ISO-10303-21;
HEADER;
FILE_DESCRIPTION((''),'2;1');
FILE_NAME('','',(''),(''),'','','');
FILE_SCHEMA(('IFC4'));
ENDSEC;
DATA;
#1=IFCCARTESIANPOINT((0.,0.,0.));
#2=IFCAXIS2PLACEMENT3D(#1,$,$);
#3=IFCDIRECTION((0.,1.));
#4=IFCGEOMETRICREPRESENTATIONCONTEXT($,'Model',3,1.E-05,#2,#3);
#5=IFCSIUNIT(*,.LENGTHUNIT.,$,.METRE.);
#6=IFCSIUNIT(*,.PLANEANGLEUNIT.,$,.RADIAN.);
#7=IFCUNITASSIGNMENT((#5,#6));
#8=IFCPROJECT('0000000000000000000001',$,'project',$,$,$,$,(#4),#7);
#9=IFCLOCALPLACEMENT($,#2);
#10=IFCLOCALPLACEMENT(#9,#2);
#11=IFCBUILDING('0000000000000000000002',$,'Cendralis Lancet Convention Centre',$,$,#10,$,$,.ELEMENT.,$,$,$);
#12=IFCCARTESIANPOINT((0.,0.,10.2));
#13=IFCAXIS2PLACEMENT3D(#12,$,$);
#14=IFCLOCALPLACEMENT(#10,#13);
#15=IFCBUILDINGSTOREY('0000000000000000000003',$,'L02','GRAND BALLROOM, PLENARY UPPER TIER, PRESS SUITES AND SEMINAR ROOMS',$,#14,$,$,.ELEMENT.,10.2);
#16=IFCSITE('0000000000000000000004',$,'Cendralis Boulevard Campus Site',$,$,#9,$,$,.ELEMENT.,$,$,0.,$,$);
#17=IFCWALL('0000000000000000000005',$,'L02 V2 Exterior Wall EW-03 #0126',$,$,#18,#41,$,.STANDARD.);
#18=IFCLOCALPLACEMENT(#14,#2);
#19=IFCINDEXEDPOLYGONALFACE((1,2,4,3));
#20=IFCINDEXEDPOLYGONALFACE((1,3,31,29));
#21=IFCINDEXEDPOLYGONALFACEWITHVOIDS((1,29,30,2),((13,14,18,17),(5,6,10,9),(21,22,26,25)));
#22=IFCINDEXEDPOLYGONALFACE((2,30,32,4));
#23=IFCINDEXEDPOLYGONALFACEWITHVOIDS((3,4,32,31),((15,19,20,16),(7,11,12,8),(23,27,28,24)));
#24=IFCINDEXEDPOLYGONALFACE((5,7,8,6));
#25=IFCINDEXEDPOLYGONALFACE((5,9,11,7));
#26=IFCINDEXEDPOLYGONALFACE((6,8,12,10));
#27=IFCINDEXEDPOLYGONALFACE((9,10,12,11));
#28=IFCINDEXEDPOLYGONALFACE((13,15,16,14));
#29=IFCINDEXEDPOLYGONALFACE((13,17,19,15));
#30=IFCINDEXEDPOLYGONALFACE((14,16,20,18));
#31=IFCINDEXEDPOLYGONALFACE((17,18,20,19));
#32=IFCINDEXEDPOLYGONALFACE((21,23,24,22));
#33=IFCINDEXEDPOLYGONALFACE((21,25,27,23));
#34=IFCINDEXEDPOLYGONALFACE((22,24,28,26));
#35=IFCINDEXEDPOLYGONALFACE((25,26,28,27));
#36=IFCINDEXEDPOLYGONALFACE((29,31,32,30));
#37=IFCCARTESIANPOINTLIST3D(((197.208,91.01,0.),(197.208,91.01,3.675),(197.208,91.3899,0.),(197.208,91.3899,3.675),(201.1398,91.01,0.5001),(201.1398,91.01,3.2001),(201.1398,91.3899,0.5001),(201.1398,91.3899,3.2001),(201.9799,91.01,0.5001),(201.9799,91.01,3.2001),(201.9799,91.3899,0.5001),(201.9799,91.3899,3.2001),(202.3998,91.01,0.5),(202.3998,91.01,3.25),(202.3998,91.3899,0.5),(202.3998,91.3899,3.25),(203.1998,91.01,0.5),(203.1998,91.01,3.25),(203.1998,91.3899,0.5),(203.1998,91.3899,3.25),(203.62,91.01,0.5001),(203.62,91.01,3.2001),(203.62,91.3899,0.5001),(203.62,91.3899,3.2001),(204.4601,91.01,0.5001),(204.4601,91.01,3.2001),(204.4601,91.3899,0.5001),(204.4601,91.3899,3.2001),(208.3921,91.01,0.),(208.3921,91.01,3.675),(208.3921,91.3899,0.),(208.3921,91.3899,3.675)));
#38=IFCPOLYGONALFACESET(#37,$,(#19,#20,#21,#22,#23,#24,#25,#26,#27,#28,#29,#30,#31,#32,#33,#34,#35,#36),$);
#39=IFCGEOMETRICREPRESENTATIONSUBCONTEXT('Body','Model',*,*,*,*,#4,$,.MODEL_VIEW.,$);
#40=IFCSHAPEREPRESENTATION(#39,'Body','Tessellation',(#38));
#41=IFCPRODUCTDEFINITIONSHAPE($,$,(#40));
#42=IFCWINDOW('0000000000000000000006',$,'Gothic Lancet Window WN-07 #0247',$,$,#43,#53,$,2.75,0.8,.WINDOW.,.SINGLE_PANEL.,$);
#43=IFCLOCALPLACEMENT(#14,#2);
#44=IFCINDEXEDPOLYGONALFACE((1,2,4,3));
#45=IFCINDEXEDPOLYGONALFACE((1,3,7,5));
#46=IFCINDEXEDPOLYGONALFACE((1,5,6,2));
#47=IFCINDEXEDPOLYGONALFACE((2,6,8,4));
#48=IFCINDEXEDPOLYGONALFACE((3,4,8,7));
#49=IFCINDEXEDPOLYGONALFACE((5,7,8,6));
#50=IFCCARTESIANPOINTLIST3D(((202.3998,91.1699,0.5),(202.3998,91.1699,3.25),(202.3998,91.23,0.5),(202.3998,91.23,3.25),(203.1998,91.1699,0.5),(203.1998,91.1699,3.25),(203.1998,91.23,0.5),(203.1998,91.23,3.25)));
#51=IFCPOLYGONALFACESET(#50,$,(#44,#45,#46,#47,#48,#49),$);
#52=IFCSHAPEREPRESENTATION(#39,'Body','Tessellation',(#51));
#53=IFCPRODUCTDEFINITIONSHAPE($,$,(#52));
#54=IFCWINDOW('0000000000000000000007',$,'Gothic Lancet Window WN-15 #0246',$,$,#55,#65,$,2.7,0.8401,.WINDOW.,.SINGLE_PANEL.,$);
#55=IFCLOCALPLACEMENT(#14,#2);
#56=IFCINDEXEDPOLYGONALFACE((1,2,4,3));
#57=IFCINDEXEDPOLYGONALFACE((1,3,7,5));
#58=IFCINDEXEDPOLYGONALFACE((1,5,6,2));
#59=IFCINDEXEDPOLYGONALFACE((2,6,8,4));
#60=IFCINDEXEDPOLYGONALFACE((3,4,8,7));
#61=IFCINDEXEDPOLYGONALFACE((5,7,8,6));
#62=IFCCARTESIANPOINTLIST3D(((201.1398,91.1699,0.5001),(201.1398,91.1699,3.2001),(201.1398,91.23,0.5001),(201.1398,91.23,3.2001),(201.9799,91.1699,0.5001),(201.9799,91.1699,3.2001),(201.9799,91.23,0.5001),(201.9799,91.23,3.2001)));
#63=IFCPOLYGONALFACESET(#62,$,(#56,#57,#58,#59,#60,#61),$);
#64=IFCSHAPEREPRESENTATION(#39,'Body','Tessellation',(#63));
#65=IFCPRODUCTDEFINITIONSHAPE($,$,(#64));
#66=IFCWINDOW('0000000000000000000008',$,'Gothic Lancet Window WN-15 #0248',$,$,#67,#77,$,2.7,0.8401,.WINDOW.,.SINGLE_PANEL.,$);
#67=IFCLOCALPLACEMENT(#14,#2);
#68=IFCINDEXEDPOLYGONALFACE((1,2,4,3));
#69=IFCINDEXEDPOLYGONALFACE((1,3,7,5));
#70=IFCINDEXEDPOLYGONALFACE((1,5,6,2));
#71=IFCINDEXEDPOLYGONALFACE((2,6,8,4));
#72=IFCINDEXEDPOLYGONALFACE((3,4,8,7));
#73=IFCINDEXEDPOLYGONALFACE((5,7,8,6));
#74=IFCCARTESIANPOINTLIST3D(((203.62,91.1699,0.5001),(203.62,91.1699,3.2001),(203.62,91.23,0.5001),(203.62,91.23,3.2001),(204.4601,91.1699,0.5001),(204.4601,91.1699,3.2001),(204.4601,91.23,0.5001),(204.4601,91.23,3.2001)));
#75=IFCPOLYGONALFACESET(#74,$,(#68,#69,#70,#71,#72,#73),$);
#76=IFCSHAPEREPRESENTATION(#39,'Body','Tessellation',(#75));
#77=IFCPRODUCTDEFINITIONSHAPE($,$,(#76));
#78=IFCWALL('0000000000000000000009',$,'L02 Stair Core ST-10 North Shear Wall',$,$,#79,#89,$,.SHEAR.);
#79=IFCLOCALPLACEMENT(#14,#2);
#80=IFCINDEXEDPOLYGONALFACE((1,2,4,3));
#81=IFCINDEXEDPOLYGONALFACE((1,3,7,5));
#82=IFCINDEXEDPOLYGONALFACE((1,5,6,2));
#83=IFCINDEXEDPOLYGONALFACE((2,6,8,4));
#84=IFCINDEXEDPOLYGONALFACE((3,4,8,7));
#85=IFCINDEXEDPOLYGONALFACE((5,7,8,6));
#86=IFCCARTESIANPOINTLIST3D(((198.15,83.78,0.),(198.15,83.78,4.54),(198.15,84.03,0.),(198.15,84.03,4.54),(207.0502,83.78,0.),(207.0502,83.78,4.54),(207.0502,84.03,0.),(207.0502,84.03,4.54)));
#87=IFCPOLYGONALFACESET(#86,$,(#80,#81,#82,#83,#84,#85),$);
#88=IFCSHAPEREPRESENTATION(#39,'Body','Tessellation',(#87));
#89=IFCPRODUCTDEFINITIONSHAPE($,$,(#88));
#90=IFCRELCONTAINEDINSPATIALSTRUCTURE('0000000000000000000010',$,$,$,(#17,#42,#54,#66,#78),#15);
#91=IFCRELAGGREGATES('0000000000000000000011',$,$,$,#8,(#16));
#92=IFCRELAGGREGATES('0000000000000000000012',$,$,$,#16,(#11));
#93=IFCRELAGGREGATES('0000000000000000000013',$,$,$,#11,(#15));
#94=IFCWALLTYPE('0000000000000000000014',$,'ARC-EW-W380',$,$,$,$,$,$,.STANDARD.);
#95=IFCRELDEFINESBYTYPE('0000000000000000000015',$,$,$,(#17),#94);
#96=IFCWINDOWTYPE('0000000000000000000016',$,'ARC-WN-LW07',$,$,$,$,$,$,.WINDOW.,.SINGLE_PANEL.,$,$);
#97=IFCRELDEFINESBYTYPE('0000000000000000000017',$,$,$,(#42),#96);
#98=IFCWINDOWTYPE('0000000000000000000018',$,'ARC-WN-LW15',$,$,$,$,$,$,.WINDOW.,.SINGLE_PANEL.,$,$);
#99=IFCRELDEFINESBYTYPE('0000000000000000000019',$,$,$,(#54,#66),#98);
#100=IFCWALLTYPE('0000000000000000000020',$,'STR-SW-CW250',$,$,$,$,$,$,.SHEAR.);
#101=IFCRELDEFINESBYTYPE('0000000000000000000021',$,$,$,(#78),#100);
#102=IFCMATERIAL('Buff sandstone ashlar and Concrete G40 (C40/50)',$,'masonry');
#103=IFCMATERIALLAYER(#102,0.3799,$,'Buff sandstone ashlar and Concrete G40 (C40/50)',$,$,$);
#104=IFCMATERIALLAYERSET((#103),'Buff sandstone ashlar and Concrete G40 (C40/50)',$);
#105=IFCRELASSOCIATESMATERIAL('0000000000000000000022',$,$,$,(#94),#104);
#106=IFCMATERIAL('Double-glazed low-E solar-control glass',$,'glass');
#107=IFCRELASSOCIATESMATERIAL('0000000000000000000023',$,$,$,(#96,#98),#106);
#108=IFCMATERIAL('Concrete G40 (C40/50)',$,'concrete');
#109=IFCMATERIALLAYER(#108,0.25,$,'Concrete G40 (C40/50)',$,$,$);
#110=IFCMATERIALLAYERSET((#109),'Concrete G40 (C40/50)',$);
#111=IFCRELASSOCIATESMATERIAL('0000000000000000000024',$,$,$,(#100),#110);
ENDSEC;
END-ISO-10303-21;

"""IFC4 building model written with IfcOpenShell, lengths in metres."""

from ifc_helpers import new_model, si_unit, direction, frame, frame_2d, origin, place, context, subcontext, project, spatial, rectangle, extrude, material, layer, layer_set, type_object, element, fill, save


model = new_model("IFC4")

# Units and contexts
model_context = context("Model", 3, precision=1e-05, world=origin(), true_north=direction((0.0, 1.0)))
body_context = subcontext(model_context, "Body", "Model", "MODEL_VIEW")
ifc_project = project(units=[si_unit("LENGTHUNIT", "METRE"), si_unit("PLANEANGLEUNIT", "RADIAN")], contexts=[model_context])

# Site, building, storey
site_placement = place(None, origin())
site = spatial("IfcSite", under=ifc_project, at=site_placement, Name="Cendralis Boulevard Campus Site", CompositionType="ELEMENT", RefElevation=0.0)
building_placement = place(site_placement, origin())
building = spatial("IfcBuilding", under=site, at=building_placement, Name="Cendralis Lancet Convention Centre", CompositionType="ELEMENT")
storey_placement = place(building_placement, frame((0.0, 0.0, 10.2)))
storey = spatial("IfcBuildingStorey", under=building, at=storey_placement, Name="L02", Description="GRAND BALLROOM, PLENARY UPPER TIER, PRESS SUITES AND SEMINAR ROOMS", CompositionType="ELEMENT", Elevation=10.2)

# Shared definitions
ifc_material_1 = material(Name="Concrete G40 (C40/50)", Category="concrete")

# Shared definitions
ifc_material_2 = material(Name="Double-glazed low-E solar-control glass", Category="glass")

# Wall, openings, windows
ifc_material_3 = material(Name="Buff sandstone ashlar and Concrete G40 (C40/50)", Category="masonry")
ifc_layer_1 = layer(ifc_material_3, 0.3799, Name="Buff sandstone ashlar and Concrete G40 (C40/50)")
ifc_layer_set_1 = layer_set([ifc_layer_1], Name="Buff sandstone ashlar and Concrete G40 (C40/50)")
wall_type_1 = type_object("IfcWallType", Name="ARC-EW-W380", PredefinedType="STANDARD", material=ifc_layer_set_1)
wall_1_placement = place(storey_placement, frame((197.208, 91.2, 0.0), z_axis=(0.0, 0.0, 1.0), x_axis=(1.0, 0.0, 0.0)))
wall_1 = element("IfcWall", 1, at=wall_1_placement, inside=storey, type_object=wall_type_1, Name="L02 V2 Exterior Wall EW-03 #0126", PredefinedType="STANDARD", context=body_context, shape_type="SweptSolid", body=[
    extrude(rectangle(XDim=11.1841, YDim=0.3799, at=frame_2d((5.592, 0.0))), origin(), (0.0, 0.0, 1.0), 3.675),
])
opening_1_placement = place(wall_1_placement, frame((3.9319, 0.0, 0.5)))
opening_1 = element("IfcOpeningElement", 2, at=opening_1_placement, cuts=wall_1, PredefinedType="OPENING", context=body_context, shape_type="SweptSolid", body=[
    extrude(rectangle(XDim=0.8401, YDim=2.7, at=frame_2d((0.4199, 1.3501))), frame((0.0, 0.2, 0.0), z_axis=(0.0, -1.0, 0.0), x_axis=(1.0, 0.0, 0.0)), (0.0, 0.0, 1.0), 0.3999),
])
opening_2_placement = place(wall_1_placement, frame((5.1919, 0.0, 0.5)))
opening_2 = element("IfcOpeningElement", 3, at=opening_2_placement, cuts=wall_1, PredefinedType="OPENING", context=body_context, shape_type="SweptSolid", body=[
    extrude(rectangle(XDim=0.8, YDim=2.75, at=frame_2d((0.3999, 1.375))), frame((0.0, 0.2, 0.0), z_axis=(0.0, -1.0, 0.0), x_axis=(1.0, 0.0, 0.0)), (0.0, 0.0, 1.0), 0.3999),
])
opening_3_placement = place(wall_1_placement, frame((6.4121, 0.0, 0.5)))
opening_3 = element("IfcOpeningElement", 4, at=opening_3_placement, cuts=wall_1, PredefinedType="OPENING", context=body_context, shape_type="SweptSolid", body=[
    extrude(rectangle(XDim=0.8401, YDim=2.7, at=frame_2d((0.4199, 1.3501))), frame((0.0, 0.2, 0.0), z_axis=(0.0, -1.0, 0.0), x_axis=(1.0, 0.0, 0.0)), (0.0, 0.0, 1.0), 0.3999),
])
window_type_1 = type_object("IfcWindowType", Name="ARC-WN-LW07", PartitioningType="SINGLE_PANEL", PredefinedType="WINDOW", material=ifc_material_2)
window_1_placement = place(opening_2_placement, origin())
window_1 = element("IfcWindow", 5, at=window_1_placement, inside=storey, type_object=window_type_1, Name="Gothic Lancet Window WN-07 #0247", OverallHeight=2.75, OverallWidth=0.8, PartitioningType="SINGLE_PANEL", PredefinedType="WINDOW", context=body_context, shape_type="SweptSolid", body=[
    extrude(rectangle(XDim=0.8, YDim=2.75, at=frame_2d((0.3999, 1.375))), frame((0.0, 0.03, 0.0), z_axis=(0.0, -1.0, 0.0), x_axis=(1.0, 0.0, 0.0)), (0.0, 0.0, 1.0), 0.0601),
])
fill(opening_2, window_1)
window_type_2 = type_object("IfcWindowType", Name="ARC-WN-LW15", PartitioningType="SINGLE_PANEL", PredefinedType="WINDOW", material=ifc_material_2)
window_2_placement = place(opening_1_placement, origin())
window_2 = element("IfcWindow", 6, at=window_2_placement, inside=storey, type_object=window_type_2, Name="Gothic Lancet Window WN-15 #0246", OverallHeight=2.7, OverallWidth=0.8401, PartitioningType="SINGLE_PANEL", PredefinedType="WINDOW", context=body_context, shape_type="SweptSolid", body=[
    extrude(rectangle(XDim=0.8401, YDim=2.7, at=frame_2d((0.4199, 1.3501))), frame((0.0, 0.03, 0.0), z_axis=(0.0, -1.0, 0.0), x_axis=(1.0, 0.0, 0.0)), (0.0, 0.0, 1.0), 0.0601),
])
fill(opening_1, window_2)
window_3_placement = place(opening_3_placement, origin())
window_3 = element("IfcWindow", 7, at=window_3_placement, inside=storey, type_object=window_type_2, Name="Gothic Lancet Window WN-15 #0248", OverallHeight=2.7, OverallWidth=0.8401, PartitioningType="SINGLE_PANEL", PredefinedType="WINDOW", context=body_context, shape_type="SweptSolid", body=[
    extrude(rectangle(XDim=0.8401, YDim=2.7, at=frame_2d((0.4199, 1.3501))), frame((0.0, 0.03, 0.0), z_axis=(0.0, -1.0, 0.0), x_axis=(1.0, 0.0, 0.0)), (0.0, 0.0, 1.0), 0.0601),
])
fill(opening_3, window_3)

# Wall
ifc_layer_2 = layer(ifc_material_1, 0.25, Name="Concrete G40 (C40/50)")
ifc_layer_set_2 = layer_set([ifc_layer_2], Name="Concrete G40 (C40/50)")
wall_type_2 = type_object("IfcWallType", Name="STR-SW-CW250", PredefinedType="SHEAR", material=ifc_layer_set_2)
wall_2_placement = place(storey_placement, frame((198.1499, 83.905, 0.0), z_axis=(0.0, 0.0, 1.0), x_axis=(1.0, 0.0, 0.0)))
element("IfcWall", 8, at=wall_2_placement, inside=storey, type_object=wall_type_2, Name="L02 Stair Core ST-10 North Shear Wall", PredefinedType="SHEAR", context=body_context, shape_type="SweptSolid", body=[
    extrude(rectangle(XDim=8.9001, YDim=0.25, at=frame_2d((4.4502, 0.0))), origin(), (0.0, 0.0, 1.0), 4.54),
])

save(model, "model.ifc")
